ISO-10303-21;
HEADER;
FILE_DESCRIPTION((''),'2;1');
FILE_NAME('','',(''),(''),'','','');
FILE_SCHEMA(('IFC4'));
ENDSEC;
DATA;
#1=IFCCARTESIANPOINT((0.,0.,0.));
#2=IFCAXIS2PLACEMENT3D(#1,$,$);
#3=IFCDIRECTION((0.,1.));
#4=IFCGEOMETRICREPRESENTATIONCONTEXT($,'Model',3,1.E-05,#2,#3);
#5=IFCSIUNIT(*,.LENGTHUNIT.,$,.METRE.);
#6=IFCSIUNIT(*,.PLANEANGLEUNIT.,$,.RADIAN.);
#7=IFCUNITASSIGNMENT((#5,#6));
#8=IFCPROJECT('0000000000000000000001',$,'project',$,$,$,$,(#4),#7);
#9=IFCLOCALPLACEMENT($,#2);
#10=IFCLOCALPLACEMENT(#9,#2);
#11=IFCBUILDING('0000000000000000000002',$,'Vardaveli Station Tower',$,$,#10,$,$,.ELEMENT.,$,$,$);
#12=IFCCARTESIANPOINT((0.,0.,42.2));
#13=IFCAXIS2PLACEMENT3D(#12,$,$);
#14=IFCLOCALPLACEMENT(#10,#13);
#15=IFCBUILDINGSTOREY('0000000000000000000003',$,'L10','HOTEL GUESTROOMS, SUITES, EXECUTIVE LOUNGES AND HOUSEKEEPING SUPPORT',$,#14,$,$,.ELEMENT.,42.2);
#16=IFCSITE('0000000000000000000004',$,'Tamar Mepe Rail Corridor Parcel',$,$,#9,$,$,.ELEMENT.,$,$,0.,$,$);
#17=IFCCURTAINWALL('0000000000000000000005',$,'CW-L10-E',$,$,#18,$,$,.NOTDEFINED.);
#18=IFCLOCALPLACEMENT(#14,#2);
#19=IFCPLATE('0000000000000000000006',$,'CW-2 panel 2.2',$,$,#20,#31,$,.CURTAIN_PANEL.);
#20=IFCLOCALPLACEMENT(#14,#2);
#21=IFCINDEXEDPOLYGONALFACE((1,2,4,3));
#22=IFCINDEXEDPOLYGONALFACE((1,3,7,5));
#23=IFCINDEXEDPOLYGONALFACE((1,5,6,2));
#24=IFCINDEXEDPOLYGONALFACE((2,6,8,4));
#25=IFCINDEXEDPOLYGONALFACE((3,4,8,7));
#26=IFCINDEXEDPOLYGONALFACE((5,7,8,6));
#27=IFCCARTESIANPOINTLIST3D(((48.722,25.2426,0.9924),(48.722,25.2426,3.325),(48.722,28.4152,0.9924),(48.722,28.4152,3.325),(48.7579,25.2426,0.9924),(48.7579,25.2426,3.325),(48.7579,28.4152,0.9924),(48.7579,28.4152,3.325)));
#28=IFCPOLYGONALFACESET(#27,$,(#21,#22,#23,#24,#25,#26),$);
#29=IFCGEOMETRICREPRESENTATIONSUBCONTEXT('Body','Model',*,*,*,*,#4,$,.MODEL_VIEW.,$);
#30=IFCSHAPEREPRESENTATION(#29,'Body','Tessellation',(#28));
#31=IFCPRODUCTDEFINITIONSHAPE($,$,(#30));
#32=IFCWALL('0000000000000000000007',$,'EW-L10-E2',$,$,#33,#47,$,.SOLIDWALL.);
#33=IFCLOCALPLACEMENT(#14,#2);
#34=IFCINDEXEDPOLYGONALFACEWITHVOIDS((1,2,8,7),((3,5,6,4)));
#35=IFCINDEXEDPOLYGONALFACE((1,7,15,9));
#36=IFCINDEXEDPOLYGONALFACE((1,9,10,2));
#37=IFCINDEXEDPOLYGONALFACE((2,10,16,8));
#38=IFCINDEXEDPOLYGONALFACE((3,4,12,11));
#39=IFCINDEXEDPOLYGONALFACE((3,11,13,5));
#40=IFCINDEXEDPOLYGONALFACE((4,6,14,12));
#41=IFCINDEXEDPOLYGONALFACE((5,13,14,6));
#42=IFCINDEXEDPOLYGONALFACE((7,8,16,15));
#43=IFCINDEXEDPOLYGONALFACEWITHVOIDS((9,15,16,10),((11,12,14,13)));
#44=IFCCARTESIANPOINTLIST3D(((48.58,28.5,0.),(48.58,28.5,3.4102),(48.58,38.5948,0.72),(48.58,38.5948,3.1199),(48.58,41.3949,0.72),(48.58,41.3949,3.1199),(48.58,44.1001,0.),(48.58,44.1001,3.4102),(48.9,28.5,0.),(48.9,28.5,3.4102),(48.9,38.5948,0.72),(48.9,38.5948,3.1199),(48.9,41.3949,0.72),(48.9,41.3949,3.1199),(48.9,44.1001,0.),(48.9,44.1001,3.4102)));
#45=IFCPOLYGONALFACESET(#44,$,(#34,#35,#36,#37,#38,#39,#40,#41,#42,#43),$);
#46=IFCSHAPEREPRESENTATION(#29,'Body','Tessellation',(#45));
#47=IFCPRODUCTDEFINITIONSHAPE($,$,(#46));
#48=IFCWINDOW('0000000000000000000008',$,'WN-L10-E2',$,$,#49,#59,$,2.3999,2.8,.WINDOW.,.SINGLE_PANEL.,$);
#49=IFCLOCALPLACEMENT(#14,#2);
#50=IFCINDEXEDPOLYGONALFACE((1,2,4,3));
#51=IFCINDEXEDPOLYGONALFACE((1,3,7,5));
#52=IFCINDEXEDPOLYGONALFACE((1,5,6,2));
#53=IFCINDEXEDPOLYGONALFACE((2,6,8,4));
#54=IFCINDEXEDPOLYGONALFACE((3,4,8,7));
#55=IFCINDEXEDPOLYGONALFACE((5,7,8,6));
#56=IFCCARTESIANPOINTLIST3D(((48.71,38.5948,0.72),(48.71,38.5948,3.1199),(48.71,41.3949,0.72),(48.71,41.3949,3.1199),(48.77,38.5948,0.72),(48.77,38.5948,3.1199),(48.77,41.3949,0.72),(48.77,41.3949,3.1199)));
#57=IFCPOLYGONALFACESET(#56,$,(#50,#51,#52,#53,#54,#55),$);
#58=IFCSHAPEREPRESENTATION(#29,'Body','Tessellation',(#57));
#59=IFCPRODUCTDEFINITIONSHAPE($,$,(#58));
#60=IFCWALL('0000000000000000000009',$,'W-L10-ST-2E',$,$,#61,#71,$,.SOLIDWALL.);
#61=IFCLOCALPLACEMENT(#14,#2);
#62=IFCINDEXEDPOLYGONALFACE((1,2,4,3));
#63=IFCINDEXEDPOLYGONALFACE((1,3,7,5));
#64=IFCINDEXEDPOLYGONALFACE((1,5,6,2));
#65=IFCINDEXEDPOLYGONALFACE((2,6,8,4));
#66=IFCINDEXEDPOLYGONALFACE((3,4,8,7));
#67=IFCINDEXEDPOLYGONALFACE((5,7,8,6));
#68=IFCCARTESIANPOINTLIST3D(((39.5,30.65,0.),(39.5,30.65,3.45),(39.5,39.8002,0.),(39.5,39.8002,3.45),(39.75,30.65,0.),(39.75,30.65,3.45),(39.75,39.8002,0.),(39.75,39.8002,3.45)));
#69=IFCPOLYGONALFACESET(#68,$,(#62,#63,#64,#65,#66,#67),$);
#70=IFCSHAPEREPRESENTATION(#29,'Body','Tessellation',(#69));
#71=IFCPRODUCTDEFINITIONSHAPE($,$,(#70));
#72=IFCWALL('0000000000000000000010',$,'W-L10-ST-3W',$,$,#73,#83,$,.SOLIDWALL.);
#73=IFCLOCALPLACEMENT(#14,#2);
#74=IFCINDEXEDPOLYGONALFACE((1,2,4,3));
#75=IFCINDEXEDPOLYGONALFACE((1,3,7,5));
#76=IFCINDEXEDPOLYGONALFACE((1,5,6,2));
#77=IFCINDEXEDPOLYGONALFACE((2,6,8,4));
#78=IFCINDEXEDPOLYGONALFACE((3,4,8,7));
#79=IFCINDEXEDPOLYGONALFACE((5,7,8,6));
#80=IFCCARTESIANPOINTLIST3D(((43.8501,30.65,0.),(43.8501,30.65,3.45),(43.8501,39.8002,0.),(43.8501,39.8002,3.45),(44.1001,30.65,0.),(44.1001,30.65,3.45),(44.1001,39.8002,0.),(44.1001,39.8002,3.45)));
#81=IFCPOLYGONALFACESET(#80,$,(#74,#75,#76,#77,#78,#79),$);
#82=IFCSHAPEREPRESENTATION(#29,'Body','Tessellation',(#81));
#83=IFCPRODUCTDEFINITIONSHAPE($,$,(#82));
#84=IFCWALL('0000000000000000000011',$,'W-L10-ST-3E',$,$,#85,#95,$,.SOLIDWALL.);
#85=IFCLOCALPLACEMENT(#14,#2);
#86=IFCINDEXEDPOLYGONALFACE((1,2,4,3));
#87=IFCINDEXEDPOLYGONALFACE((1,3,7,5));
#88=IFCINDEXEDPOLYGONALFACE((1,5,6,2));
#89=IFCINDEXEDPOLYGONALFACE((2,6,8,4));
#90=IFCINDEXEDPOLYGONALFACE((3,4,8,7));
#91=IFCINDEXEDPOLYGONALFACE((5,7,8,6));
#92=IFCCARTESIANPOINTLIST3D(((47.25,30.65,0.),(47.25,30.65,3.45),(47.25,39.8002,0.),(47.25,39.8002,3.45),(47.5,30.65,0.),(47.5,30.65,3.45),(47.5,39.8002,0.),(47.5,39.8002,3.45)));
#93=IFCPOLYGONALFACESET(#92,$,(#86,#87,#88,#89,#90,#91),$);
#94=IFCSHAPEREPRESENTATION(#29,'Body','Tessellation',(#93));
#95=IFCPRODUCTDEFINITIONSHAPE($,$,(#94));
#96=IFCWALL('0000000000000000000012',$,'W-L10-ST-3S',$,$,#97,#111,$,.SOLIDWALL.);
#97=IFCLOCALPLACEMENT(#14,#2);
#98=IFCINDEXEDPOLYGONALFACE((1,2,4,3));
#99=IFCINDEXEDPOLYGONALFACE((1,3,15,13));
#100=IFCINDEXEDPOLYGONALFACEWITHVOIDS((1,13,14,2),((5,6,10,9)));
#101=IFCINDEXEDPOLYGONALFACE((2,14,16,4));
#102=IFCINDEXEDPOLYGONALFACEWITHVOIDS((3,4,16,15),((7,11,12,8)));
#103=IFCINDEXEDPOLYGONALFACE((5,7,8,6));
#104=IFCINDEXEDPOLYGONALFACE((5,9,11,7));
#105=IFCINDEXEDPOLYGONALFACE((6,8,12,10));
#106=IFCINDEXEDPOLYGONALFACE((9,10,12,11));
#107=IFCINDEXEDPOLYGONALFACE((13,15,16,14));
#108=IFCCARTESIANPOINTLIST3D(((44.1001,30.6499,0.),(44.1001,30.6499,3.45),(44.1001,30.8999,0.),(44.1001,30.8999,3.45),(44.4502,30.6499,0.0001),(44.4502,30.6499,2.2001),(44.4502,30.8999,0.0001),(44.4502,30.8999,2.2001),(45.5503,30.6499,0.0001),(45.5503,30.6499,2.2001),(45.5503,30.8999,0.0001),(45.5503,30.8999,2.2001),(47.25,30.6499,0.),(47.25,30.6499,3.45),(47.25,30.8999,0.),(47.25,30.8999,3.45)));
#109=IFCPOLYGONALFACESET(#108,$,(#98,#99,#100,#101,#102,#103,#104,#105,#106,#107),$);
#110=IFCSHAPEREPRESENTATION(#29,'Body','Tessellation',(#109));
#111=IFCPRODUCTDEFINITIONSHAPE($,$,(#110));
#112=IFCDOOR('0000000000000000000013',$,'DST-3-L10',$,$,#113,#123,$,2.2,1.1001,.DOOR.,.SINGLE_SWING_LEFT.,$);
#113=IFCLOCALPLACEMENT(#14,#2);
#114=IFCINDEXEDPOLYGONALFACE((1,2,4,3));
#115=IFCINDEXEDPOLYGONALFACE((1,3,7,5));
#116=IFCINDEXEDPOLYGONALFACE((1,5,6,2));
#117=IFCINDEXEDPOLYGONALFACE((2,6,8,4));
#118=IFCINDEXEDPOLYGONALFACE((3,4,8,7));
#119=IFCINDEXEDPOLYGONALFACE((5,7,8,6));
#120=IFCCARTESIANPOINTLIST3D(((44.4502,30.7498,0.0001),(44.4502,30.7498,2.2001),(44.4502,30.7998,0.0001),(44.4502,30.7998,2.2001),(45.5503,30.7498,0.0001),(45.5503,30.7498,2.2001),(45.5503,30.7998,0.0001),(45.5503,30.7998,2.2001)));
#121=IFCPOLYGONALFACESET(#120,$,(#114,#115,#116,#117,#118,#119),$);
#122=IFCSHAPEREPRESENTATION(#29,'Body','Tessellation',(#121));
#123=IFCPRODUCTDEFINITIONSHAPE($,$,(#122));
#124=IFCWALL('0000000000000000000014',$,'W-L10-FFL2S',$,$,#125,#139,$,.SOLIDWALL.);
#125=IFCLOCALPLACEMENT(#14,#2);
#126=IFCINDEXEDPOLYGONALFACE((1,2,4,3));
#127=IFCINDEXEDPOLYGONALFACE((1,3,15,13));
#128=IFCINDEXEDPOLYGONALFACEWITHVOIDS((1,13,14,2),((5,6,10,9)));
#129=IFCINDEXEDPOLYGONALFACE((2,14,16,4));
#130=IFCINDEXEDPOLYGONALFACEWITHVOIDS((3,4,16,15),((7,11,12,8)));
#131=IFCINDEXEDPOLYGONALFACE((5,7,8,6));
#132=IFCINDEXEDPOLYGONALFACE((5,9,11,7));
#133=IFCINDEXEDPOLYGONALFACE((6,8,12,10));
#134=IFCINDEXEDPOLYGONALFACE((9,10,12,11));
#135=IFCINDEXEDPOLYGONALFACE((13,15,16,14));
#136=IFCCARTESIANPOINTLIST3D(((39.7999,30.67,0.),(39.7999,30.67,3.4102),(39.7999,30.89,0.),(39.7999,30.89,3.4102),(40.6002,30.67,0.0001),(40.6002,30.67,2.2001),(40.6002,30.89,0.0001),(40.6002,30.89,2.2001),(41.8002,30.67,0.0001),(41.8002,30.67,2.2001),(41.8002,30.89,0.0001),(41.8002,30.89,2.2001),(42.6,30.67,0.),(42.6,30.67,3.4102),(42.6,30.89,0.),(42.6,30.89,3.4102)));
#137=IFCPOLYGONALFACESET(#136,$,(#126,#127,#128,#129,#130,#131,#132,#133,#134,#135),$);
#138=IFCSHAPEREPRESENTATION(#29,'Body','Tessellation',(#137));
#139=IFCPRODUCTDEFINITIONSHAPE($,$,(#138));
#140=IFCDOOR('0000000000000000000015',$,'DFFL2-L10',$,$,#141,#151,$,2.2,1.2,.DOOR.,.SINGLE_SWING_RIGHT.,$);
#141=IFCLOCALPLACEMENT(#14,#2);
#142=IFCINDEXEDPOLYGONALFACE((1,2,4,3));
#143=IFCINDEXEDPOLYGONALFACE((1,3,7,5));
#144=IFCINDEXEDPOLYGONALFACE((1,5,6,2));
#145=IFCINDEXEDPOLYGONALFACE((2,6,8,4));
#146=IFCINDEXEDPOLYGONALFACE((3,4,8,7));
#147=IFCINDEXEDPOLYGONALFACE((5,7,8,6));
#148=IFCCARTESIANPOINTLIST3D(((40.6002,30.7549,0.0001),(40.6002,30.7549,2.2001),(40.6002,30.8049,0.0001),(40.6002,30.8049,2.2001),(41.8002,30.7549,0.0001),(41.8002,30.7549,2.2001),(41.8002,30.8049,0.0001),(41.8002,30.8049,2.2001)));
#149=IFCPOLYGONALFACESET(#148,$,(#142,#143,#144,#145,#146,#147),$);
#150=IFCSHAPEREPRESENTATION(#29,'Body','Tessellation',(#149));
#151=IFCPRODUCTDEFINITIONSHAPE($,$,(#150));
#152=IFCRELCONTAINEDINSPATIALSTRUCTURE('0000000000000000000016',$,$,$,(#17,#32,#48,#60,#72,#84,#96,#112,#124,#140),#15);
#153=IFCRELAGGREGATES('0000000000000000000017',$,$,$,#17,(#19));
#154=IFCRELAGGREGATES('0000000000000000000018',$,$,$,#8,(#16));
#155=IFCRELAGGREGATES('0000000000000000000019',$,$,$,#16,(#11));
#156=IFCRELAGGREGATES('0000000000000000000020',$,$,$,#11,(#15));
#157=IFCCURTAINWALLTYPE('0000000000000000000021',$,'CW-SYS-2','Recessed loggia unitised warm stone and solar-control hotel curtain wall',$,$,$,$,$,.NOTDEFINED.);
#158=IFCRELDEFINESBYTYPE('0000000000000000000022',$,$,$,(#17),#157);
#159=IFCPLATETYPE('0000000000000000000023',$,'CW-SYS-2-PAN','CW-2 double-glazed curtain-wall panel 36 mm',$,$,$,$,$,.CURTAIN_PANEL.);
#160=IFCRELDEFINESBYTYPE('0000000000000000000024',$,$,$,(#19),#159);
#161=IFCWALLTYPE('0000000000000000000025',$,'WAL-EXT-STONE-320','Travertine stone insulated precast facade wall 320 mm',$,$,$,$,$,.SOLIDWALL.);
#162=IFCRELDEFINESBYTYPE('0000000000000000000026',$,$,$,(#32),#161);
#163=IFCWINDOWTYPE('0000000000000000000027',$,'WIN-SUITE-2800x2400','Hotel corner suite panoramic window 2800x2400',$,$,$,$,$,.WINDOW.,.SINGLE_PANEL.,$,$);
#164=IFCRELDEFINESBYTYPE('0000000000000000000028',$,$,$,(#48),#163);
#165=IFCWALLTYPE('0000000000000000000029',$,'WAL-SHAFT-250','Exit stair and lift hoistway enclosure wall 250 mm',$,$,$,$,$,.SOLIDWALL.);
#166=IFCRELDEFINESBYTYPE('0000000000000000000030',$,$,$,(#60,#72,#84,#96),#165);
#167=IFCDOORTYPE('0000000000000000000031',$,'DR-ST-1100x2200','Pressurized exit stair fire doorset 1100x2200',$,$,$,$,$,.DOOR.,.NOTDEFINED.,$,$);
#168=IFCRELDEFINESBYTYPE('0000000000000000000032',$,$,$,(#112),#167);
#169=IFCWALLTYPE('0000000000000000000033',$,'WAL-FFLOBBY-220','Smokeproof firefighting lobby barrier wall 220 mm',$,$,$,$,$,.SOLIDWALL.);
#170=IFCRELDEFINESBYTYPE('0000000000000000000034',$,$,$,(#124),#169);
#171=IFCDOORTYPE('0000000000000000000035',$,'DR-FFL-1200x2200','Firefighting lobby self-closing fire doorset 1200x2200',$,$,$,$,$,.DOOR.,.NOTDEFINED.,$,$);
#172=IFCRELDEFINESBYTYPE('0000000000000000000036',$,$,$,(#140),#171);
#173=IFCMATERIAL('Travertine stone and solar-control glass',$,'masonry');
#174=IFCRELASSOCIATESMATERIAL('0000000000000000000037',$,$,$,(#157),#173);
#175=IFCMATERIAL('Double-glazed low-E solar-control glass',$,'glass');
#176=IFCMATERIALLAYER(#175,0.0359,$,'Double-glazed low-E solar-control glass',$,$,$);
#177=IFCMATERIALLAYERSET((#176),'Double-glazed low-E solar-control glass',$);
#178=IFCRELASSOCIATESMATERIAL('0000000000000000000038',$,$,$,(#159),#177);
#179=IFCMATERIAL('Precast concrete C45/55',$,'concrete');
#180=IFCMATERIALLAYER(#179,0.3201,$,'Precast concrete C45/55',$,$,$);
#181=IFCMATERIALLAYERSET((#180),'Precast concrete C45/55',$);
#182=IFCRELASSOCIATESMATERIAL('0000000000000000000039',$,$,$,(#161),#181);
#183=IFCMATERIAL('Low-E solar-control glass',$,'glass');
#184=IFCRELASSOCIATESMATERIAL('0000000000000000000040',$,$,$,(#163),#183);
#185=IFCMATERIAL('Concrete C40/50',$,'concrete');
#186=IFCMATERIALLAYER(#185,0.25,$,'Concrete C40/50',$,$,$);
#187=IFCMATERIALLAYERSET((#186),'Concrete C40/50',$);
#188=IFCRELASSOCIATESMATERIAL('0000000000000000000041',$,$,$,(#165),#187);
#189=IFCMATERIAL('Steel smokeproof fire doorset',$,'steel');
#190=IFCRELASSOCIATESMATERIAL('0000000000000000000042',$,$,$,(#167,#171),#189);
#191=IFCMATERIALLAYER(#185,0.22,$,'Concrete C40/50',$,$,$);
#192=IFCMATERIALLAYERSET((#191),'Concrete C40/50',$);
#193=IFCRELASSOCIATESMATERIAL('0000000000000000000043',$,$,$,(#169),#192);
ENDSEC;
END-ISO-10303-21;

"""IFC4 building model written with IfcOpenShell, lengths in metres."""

from ifc_helpers import new_model, si_unit, direction, frame, frame_2d, origin, origin_2d, place, context, subcontext, project, spatial, rectangle, extrude, source, transform, mapped, material, layer, layer_set, type_object, element, fill, aggregate, save


model = new_model("IFC4")

# Units and contexts
model_context = context("Model", 3, precision=1e-05, world=origin(), true_north=direction((0.0, 1.0)))
body_context = subcontext(model_context, "Body", "Model", "MODEL_VIEW")
ifc_project = project(units=[si_unit("LENGTHUNIT", "METRE"), si_unit("PLANEANGLEUNIT", "RADIAN")], contexts=[model_context])

# Site, building, storey
site_placement = place(None, origin())
site = spatial("IfcSite", under=ifc_project, at=site_placement, Name="Tamar Mepe Rail Corridor Parcel", CompositionType="ELEMENT", RefElevation=0.0)
building_placement = place(site_placement, origin())
building = spatial("IfcBuilding", under=site, at=building_placement, Name="Vardaveli Station Tower", CompositionType="ELEMENT")
storey_placement = place(building_placement, frame((0.0, 0.0, 42.2)))
storey = spatial("IfcBuildingStorey", under=building, at=storey_placement, Name="L10", Description="HOTEL GUESTROOMS, SUITES, EXECUTIVE LOUNGES AND HOUSEKEEPING SUPPORT", CompositionType="ELEMENT", Elevation=42.2)

# Shared definitions
ifc_material_1 = material(Name="Precast concrete C45/55", Category="concrete")

# Curtain wall, plate
ifc_material_2 = material(Name="Travertine stone and solar-control glass", Category="masonry")
curtain_wall_type = type_object("IfcCurtainWallType", Name="CW-SYS-2", Description="Recessed loggia unitised warm stone and solar-control hotel curtain wall", PredefinedType="NOTDEFINED", material=ifc_material_2)
curtain_wall_placement = place(storey_placement, origin())
curtain_wall = element("IfcCurtainWall", 1, at=curtain_wall_placement, inside=storey, type_object=curtain_wall_type, Name="CW-L10-E", PredefinedType="NOTDEFINED")
ifc_material_3 = material(Name="Double-glazed low-E solar-control glass", Category="glass")
ifc_layer_1 = layer(ifc_material_3, 0.0359, Name="Double-glazed low-E solar-control glass")
ifc_layer_set_1 = layer_set([ifc_layer_1], Name="Double-glazed low-E solar-control glass")
plate_type = type_object("IfcPlateType", Name="CW-SYS-2-PAN", Description="CW-2 double-glazed curtain-wall panel 36 mm", PredefinedType="CURTAIN_PANEL", material=ifc_layer_set_1)
shared_shape_1 = source(origin(), body_context, "Body", "SweptSolid", [
    extrude(rectangle(XDim=3.1726, YDim=0.0359, at=origin_2d()), origin(), (0.0, 0.0, 1.0), 2.3325),
])
plate_placement = place(storey_placement, frame((48.74, 26.8289, 0.9924), z_axis=(0.0, 0.0, 1.0), x_axis=(0.0, 1.0, 0.0)))
plate = element("IfcPlate", 2, at=plate_placement, type_object=plate_type, Name="CW-2 panel 2.2", PredefinedType="CURTAIN_PANEL", context=body_context, shape_type="MappedRepresentation", body=[
    mapped(shared_shape_1, transform((0.0, 0.0, 0.0), scale=1.0)),
])
aggregate(curtain_wall, [plate])

# Wall, opening, window
ifc_layer_2 = layer(ifc_material_1, 0.3201, Name="Precast concrete C45/55")
ifc_layer_set_2 = layer_set([ifc_layer_2], Name="Precast concrete C45/55")
wall_type_1 = type_object("IfcWallType", Name="WAL-EXT-STONE-320", Description="Travertine stone insulated precast facade wall 320 mm", PredefinedType="SOLIDWALL", material=ifc_layer_set_2)
shared_shape_2 = source(origin(), body_context, "Body", "SweptSolid", [
    extrude(rectangle(XDim=15.6001, YDim=0.3201, at=frame_2d((7.8, 0.0))), origin(), (0.0, 0.0, 1.0), 3.4102),
])
wall_1_placement = place(storey_placement, frame((48.74, 28.5, 0.0), z_axis=(0.0, 0.0, 1.0), x_axis=(0.0, 1.0, 0.0)))
wall_1 = element("IfcWall", 3, at=wall_1_placement, inside=storey, type_object=wall_type_1, Name="EW-L10-E2", PredefinedType="SOLIDWALL", context=body_context, shape_type="MappedRepresentation", body=[
    mapped(shared_shape_2, transform((0.0, 0.0, 0.0), scale=1.0)),
])
shared_shape_3 = source(origin(), body_context, "Body", "SweptSolid", [
    extrude(rectangle(XDim=2.8, YDim=2.3999, at=frame_2d((1.3999, 1.2))), frame((0.0, 0.1699, 0.0), z_axis=(0.0, -1.0, 0.0), x_axis=(1.0, 0.0, 0.0)), (0.0, 0.0, 1.0), 0.3401),
])
opening_1_placement = place(wall_1_placement, frame((10.095, 0.0, 0.72)))
opening_1 = element("IfcOpeningElement", 4, at=opening_1_placement, cuts=wall_1, PredefinedType="OPENING", context=body_context, shape_type="MappedRepresentation", body=[
    mapped(shared_shape_3, transform((0.0, 0.0, 0.0), scale=1.0)),
])
ifc_material_4 = material(Name="Low-E solar-control glass", Category="glass")
window_type = type_object("IfcWindowType", Name="WIN-SUITE-2800x2400", Description="Hotel corner suite panoramic window 2800x2400", PartitioningType="SINGLE_PANEL", PredefinedType="WINDOW", material=ifc_material_4)
shared_shape_4 = source(origin(), body_context, "Body", "SweptSolid", [
    extrude(rectangle(XDim=2.8, YDim=2.3999, at=frame_2d((1.3999, 1.2))), frame((0.0, 0.03, 0.0), z_axis=(0.0, -1.0, 0.0), x_axis=(1.0, 0.0, 0.0)), (0.0, 0.0, 1.0), 0.0601),
])
window_placement = place(opening_1_placement, origin())
window = element("IfcWindow", 5, at=window_placement, inside=storey, type_object=window_type, Name="WN-L10-E2", OverallHeight=2.3999, OverallWidth=2.8, PartitioningType="SINGLE_PANEL", PredefinedType="WINDOW", context=body_context, shape_type="MappedRepresentation", body=[
    mapped(shared_shape_4, transform((0.0, 0.0, 0.0), scale=1.0)),
])
fill(opening_1, window)

# Walls
ifc_material_5 = material(Name="Concrete C40/50", Category="concrete")
ifc_layer_3 = layer(ifc_material_5, 0.25, Name="Concrete C40/50")
ifc_layer_set_3 = layer_set([ifc_layer_3], Name="Concrete C40/50")
wall_type_2 = type_object("IfcWallType", Name="WAL-SHAFT-250", Description="Exit stair and lift hoistway enclosure wall 250 mm", PredefinedType="SOLIDWALL", material=ifc_layer_set_3)
shared_shape_5 = source(origin(), body_context, "Body", "SweptSolid", [
    extrude(rectangle(XDim=9.1501, YDim=0.25, at=frame_2d((4.5752, 0.0))), origin(), (0.0, 0.0, 1.0), 3.45),
])
for number, where, z_axis, x_axis, name in (
    (6, (39.625, 30.6499, 0.0), (0.0, 0.0, 1.0), (0.0, 1.0, 0.0), "W-L10-ST-2E"),
    (7, (43.9751, 30.6499, 0.0), (0.0, 0.0, 1.0), (0.0, 1.0, 0.0), "W-L10-ST-3W"),
    (8, (47.375, 30.6499, 0.0), (0.0, 0.0, 1.0), (0.0, 1.0, 0.0), "W-L10-ST-3E"),
):
    element("IfcWall", number, at=place(storey_placement, frame(where, z_axis=z_axis, x_axis=x_axis)), inside=storey, type_object=wall_type_2, Name=name, PredefinedType="SOLIDWALL", context=body_context, shape_type="MappedRepresentation", body=[
        mapped(shared_shape_5, transform((0.0, 0.0, 0.0), scale=1.0)),
    ])

# Walls, openings, doors
shared_shape_6 = source(origin(), body_context, "Body", "SweptSolid", [
    extrude(rectangle(XDim=3.1499, YDim=0.25, at=frame_2d((1.575, 0.0))), origin(), (0.0, 0.0, 1.0), 3.45),
])
wall_2_placement = place(storey_placement, frame((44.1001, 30.7749, 0.0), z_axis=(0.0, 0.0, 1.0), x_axis=(1.0, 0.0, 0.0)))
wall_2 = element("IfcWall", 9, at=wall_2_placement, inside=storey, type_object=wall_type_2, Name="W-L10-ST-3S", PredefinedType="SOLIDWALL", context=body_context, shape_type="MappedRepresentation", body=[
    mapped(shared_shape_6, transform((0.0, 0.0, 0.0), scale=1.0)),
])
shared_shape_7 = source(origin(), body_context, "Body", "SweptSolid", [
    extrude(rectangle(XDim=1.1001, YDim=2.2, at=frame_2d((0.55, 1.1001))), frame((0.0, 0.135, 0.0), z_axis=(0.0, -1.0, 0.0), x_axis=(1.0, 0.0, 0.0)), (0.0, 0.0, 1.0), 0.27),
])
opening_2_placement = place(wall_2_placement, frame((0.3501, 0.0, 0.0)))
opening_2 = element("IfcOpeningElement", 10, at=opening_2_placement, cuts=wall_2, PredefinedType="OPENING", context=body_context, shape_type="MappedRepresentation", body=[
    mapped(shared_shape_7, transform((0.0, 0.0, 0.0), scale=1.0)),
])
ifc_material_6 = material(Name="Steel smokeproof fire doorset", Category="steel")
door_type_1 = type_object("IfcDoorType", Name="DR-ST-1100x2200", Description="Pressurized exit stair fire doorset 1100x2200", OperationType="NOTDEFINED", PredefinedType="DOOR", material=ifc_material_6)
shared_shape_8 = source(origin(), body_context, "Body", "SweptSolid", [
    extrude(rectangle(XDim=1.1001, YDim=2.2, at=frame_2d((0.55, 1.1001))), frame((0.0, 0.0249, 0.0), z_axis=(0.0, -1.0, 0.0), x_axis=(1.0, 0.0, 0.0)), (0.0, 0.0, 1.0), 0.05),
])
door_1_placement = place(opening_2_placement, origin())
door_1 = element("IfcDoor", 11, at=door_1_placement, inside=storey, type_object=door_type_1, Name="DST-3-L10", OperationType="SINGLE_SWING_LEFT", OverallHeight=2.2, OverallWidth=1.1001, PredefinedType="DOOR", context=body_context, shape_type="MappedRepresentation", body=[
    mapped(shared_shape_8, transform((0.0, 0.0, 0.0), scale=1.0)),
])
fill(opening_2, door_1)
ifc_layer_4 = layer(ifc_material_5, 0.22, Name="Concrete C40/50")
ifc_layer_set_4 = layer_set([ifc_layer_4], Name="Concrete C40/50")
wall_type_3 = type_object("IfcWallType", Name="WAL-FFLOBBY-220", Description="Smokeproof firefighting lobby barrier wall 220 mm", PredefinedType="SOLIDWALL", material=ifc_layer_set_4)
shared_shape_9 = source(origin(), body_context, "Body", "SweptSolid", [
    extrude(rectangle(XDim=2.8, YDim=0.22, at=frame_2d((1.3999, 0.0))), origin(), (0.0, 0.0, 1.0), 3.4102),
])
wall_3_placement = place(storey_placement, frame((39.8, 30.78, 0.0), z_axis=(0.0, 0.0, 1.0), x_axis=(1.0, 0.0, 0.0)))
wall_3 = element("IfcWall", 12, at=wall_3_placement, inside=storey, type_object=wall_type_3, Name="W-L10-FFL2S", PredefinedType="SOLIDWALL", context=body_context, shape_type="MappedRepresentation", body=[
    mapped(shared_shape_9, transform((0.0, 0.0, 0.0), scale=1.0)),
])
shared_shape_10 = source(origin(), body_context, "Body", "SweptSolid", [
    extrude(rectangle(XDim=1.2, YDim=2.2, at=frame_2d((0.6001, 1.1001))), frame((0.0, 0.1201, 0.0), z_axis=(0.0, -1.0, 0.0), x_axis=(1.0, 0.0, 0.0)), (0.0, 0.0, 1.0), 0.24),
])
opening_3_placement = place(wall_3_placement, frame((0.8, 0.0, 0.0)))
opening_3 = element("IfcOpeningElement", 13, at=opening_3_placement, cuts=wall_3, PredefinedType="OPENING", context=body_context, shape_type="MappedRepresentation", body=[
    mapped(shared_shape_10, transform((0.0, 0.0, 0.0), scale=1.0)),
])
door_type_2 = type_object("IfcDoorType", Name="DR-FFL-1200x2200", Description="Firefighting lobby self-closing fire doorset 1200x2200", OperationType="NOTDEFINED", PredefinedType="DOOR", material=ifc_material_6)
shared_shape_11 = source(origin(), body_context, "Body", "SweptSolid", [
    extrude(rectangle(XDim=1.2, YDim=2.2, at=frame_2d((0.6001, 1.1001))), frame((0.0, 0.0249, 0.0), z_axis=(0.0, -1.0, 0.0), x_axis=(1.0, 0.0, 0.0)), (0.0, 0.0, 1.0), 0.05),
])
door_2_placement = place(opening_3_placement, origin())
door_2 = element("IfcDoor", 14, at=door_2_placement, inside=storey, type_object=door_type_2, Name="DFFL2-L10", OperationType="SINGLE_SWING_RIGHT", OverallHeight=2.2, OverallWidth=1.2, PredefinedType="DOOR", context=body_context, shape_type="MappedRepresentation", body=[
    mapped(shared_shape_11, transform((0.0, 0.0, 0.0), scale=1.0)),
])
fill(opening_3, door_2)

save(model, "model.ifc")
